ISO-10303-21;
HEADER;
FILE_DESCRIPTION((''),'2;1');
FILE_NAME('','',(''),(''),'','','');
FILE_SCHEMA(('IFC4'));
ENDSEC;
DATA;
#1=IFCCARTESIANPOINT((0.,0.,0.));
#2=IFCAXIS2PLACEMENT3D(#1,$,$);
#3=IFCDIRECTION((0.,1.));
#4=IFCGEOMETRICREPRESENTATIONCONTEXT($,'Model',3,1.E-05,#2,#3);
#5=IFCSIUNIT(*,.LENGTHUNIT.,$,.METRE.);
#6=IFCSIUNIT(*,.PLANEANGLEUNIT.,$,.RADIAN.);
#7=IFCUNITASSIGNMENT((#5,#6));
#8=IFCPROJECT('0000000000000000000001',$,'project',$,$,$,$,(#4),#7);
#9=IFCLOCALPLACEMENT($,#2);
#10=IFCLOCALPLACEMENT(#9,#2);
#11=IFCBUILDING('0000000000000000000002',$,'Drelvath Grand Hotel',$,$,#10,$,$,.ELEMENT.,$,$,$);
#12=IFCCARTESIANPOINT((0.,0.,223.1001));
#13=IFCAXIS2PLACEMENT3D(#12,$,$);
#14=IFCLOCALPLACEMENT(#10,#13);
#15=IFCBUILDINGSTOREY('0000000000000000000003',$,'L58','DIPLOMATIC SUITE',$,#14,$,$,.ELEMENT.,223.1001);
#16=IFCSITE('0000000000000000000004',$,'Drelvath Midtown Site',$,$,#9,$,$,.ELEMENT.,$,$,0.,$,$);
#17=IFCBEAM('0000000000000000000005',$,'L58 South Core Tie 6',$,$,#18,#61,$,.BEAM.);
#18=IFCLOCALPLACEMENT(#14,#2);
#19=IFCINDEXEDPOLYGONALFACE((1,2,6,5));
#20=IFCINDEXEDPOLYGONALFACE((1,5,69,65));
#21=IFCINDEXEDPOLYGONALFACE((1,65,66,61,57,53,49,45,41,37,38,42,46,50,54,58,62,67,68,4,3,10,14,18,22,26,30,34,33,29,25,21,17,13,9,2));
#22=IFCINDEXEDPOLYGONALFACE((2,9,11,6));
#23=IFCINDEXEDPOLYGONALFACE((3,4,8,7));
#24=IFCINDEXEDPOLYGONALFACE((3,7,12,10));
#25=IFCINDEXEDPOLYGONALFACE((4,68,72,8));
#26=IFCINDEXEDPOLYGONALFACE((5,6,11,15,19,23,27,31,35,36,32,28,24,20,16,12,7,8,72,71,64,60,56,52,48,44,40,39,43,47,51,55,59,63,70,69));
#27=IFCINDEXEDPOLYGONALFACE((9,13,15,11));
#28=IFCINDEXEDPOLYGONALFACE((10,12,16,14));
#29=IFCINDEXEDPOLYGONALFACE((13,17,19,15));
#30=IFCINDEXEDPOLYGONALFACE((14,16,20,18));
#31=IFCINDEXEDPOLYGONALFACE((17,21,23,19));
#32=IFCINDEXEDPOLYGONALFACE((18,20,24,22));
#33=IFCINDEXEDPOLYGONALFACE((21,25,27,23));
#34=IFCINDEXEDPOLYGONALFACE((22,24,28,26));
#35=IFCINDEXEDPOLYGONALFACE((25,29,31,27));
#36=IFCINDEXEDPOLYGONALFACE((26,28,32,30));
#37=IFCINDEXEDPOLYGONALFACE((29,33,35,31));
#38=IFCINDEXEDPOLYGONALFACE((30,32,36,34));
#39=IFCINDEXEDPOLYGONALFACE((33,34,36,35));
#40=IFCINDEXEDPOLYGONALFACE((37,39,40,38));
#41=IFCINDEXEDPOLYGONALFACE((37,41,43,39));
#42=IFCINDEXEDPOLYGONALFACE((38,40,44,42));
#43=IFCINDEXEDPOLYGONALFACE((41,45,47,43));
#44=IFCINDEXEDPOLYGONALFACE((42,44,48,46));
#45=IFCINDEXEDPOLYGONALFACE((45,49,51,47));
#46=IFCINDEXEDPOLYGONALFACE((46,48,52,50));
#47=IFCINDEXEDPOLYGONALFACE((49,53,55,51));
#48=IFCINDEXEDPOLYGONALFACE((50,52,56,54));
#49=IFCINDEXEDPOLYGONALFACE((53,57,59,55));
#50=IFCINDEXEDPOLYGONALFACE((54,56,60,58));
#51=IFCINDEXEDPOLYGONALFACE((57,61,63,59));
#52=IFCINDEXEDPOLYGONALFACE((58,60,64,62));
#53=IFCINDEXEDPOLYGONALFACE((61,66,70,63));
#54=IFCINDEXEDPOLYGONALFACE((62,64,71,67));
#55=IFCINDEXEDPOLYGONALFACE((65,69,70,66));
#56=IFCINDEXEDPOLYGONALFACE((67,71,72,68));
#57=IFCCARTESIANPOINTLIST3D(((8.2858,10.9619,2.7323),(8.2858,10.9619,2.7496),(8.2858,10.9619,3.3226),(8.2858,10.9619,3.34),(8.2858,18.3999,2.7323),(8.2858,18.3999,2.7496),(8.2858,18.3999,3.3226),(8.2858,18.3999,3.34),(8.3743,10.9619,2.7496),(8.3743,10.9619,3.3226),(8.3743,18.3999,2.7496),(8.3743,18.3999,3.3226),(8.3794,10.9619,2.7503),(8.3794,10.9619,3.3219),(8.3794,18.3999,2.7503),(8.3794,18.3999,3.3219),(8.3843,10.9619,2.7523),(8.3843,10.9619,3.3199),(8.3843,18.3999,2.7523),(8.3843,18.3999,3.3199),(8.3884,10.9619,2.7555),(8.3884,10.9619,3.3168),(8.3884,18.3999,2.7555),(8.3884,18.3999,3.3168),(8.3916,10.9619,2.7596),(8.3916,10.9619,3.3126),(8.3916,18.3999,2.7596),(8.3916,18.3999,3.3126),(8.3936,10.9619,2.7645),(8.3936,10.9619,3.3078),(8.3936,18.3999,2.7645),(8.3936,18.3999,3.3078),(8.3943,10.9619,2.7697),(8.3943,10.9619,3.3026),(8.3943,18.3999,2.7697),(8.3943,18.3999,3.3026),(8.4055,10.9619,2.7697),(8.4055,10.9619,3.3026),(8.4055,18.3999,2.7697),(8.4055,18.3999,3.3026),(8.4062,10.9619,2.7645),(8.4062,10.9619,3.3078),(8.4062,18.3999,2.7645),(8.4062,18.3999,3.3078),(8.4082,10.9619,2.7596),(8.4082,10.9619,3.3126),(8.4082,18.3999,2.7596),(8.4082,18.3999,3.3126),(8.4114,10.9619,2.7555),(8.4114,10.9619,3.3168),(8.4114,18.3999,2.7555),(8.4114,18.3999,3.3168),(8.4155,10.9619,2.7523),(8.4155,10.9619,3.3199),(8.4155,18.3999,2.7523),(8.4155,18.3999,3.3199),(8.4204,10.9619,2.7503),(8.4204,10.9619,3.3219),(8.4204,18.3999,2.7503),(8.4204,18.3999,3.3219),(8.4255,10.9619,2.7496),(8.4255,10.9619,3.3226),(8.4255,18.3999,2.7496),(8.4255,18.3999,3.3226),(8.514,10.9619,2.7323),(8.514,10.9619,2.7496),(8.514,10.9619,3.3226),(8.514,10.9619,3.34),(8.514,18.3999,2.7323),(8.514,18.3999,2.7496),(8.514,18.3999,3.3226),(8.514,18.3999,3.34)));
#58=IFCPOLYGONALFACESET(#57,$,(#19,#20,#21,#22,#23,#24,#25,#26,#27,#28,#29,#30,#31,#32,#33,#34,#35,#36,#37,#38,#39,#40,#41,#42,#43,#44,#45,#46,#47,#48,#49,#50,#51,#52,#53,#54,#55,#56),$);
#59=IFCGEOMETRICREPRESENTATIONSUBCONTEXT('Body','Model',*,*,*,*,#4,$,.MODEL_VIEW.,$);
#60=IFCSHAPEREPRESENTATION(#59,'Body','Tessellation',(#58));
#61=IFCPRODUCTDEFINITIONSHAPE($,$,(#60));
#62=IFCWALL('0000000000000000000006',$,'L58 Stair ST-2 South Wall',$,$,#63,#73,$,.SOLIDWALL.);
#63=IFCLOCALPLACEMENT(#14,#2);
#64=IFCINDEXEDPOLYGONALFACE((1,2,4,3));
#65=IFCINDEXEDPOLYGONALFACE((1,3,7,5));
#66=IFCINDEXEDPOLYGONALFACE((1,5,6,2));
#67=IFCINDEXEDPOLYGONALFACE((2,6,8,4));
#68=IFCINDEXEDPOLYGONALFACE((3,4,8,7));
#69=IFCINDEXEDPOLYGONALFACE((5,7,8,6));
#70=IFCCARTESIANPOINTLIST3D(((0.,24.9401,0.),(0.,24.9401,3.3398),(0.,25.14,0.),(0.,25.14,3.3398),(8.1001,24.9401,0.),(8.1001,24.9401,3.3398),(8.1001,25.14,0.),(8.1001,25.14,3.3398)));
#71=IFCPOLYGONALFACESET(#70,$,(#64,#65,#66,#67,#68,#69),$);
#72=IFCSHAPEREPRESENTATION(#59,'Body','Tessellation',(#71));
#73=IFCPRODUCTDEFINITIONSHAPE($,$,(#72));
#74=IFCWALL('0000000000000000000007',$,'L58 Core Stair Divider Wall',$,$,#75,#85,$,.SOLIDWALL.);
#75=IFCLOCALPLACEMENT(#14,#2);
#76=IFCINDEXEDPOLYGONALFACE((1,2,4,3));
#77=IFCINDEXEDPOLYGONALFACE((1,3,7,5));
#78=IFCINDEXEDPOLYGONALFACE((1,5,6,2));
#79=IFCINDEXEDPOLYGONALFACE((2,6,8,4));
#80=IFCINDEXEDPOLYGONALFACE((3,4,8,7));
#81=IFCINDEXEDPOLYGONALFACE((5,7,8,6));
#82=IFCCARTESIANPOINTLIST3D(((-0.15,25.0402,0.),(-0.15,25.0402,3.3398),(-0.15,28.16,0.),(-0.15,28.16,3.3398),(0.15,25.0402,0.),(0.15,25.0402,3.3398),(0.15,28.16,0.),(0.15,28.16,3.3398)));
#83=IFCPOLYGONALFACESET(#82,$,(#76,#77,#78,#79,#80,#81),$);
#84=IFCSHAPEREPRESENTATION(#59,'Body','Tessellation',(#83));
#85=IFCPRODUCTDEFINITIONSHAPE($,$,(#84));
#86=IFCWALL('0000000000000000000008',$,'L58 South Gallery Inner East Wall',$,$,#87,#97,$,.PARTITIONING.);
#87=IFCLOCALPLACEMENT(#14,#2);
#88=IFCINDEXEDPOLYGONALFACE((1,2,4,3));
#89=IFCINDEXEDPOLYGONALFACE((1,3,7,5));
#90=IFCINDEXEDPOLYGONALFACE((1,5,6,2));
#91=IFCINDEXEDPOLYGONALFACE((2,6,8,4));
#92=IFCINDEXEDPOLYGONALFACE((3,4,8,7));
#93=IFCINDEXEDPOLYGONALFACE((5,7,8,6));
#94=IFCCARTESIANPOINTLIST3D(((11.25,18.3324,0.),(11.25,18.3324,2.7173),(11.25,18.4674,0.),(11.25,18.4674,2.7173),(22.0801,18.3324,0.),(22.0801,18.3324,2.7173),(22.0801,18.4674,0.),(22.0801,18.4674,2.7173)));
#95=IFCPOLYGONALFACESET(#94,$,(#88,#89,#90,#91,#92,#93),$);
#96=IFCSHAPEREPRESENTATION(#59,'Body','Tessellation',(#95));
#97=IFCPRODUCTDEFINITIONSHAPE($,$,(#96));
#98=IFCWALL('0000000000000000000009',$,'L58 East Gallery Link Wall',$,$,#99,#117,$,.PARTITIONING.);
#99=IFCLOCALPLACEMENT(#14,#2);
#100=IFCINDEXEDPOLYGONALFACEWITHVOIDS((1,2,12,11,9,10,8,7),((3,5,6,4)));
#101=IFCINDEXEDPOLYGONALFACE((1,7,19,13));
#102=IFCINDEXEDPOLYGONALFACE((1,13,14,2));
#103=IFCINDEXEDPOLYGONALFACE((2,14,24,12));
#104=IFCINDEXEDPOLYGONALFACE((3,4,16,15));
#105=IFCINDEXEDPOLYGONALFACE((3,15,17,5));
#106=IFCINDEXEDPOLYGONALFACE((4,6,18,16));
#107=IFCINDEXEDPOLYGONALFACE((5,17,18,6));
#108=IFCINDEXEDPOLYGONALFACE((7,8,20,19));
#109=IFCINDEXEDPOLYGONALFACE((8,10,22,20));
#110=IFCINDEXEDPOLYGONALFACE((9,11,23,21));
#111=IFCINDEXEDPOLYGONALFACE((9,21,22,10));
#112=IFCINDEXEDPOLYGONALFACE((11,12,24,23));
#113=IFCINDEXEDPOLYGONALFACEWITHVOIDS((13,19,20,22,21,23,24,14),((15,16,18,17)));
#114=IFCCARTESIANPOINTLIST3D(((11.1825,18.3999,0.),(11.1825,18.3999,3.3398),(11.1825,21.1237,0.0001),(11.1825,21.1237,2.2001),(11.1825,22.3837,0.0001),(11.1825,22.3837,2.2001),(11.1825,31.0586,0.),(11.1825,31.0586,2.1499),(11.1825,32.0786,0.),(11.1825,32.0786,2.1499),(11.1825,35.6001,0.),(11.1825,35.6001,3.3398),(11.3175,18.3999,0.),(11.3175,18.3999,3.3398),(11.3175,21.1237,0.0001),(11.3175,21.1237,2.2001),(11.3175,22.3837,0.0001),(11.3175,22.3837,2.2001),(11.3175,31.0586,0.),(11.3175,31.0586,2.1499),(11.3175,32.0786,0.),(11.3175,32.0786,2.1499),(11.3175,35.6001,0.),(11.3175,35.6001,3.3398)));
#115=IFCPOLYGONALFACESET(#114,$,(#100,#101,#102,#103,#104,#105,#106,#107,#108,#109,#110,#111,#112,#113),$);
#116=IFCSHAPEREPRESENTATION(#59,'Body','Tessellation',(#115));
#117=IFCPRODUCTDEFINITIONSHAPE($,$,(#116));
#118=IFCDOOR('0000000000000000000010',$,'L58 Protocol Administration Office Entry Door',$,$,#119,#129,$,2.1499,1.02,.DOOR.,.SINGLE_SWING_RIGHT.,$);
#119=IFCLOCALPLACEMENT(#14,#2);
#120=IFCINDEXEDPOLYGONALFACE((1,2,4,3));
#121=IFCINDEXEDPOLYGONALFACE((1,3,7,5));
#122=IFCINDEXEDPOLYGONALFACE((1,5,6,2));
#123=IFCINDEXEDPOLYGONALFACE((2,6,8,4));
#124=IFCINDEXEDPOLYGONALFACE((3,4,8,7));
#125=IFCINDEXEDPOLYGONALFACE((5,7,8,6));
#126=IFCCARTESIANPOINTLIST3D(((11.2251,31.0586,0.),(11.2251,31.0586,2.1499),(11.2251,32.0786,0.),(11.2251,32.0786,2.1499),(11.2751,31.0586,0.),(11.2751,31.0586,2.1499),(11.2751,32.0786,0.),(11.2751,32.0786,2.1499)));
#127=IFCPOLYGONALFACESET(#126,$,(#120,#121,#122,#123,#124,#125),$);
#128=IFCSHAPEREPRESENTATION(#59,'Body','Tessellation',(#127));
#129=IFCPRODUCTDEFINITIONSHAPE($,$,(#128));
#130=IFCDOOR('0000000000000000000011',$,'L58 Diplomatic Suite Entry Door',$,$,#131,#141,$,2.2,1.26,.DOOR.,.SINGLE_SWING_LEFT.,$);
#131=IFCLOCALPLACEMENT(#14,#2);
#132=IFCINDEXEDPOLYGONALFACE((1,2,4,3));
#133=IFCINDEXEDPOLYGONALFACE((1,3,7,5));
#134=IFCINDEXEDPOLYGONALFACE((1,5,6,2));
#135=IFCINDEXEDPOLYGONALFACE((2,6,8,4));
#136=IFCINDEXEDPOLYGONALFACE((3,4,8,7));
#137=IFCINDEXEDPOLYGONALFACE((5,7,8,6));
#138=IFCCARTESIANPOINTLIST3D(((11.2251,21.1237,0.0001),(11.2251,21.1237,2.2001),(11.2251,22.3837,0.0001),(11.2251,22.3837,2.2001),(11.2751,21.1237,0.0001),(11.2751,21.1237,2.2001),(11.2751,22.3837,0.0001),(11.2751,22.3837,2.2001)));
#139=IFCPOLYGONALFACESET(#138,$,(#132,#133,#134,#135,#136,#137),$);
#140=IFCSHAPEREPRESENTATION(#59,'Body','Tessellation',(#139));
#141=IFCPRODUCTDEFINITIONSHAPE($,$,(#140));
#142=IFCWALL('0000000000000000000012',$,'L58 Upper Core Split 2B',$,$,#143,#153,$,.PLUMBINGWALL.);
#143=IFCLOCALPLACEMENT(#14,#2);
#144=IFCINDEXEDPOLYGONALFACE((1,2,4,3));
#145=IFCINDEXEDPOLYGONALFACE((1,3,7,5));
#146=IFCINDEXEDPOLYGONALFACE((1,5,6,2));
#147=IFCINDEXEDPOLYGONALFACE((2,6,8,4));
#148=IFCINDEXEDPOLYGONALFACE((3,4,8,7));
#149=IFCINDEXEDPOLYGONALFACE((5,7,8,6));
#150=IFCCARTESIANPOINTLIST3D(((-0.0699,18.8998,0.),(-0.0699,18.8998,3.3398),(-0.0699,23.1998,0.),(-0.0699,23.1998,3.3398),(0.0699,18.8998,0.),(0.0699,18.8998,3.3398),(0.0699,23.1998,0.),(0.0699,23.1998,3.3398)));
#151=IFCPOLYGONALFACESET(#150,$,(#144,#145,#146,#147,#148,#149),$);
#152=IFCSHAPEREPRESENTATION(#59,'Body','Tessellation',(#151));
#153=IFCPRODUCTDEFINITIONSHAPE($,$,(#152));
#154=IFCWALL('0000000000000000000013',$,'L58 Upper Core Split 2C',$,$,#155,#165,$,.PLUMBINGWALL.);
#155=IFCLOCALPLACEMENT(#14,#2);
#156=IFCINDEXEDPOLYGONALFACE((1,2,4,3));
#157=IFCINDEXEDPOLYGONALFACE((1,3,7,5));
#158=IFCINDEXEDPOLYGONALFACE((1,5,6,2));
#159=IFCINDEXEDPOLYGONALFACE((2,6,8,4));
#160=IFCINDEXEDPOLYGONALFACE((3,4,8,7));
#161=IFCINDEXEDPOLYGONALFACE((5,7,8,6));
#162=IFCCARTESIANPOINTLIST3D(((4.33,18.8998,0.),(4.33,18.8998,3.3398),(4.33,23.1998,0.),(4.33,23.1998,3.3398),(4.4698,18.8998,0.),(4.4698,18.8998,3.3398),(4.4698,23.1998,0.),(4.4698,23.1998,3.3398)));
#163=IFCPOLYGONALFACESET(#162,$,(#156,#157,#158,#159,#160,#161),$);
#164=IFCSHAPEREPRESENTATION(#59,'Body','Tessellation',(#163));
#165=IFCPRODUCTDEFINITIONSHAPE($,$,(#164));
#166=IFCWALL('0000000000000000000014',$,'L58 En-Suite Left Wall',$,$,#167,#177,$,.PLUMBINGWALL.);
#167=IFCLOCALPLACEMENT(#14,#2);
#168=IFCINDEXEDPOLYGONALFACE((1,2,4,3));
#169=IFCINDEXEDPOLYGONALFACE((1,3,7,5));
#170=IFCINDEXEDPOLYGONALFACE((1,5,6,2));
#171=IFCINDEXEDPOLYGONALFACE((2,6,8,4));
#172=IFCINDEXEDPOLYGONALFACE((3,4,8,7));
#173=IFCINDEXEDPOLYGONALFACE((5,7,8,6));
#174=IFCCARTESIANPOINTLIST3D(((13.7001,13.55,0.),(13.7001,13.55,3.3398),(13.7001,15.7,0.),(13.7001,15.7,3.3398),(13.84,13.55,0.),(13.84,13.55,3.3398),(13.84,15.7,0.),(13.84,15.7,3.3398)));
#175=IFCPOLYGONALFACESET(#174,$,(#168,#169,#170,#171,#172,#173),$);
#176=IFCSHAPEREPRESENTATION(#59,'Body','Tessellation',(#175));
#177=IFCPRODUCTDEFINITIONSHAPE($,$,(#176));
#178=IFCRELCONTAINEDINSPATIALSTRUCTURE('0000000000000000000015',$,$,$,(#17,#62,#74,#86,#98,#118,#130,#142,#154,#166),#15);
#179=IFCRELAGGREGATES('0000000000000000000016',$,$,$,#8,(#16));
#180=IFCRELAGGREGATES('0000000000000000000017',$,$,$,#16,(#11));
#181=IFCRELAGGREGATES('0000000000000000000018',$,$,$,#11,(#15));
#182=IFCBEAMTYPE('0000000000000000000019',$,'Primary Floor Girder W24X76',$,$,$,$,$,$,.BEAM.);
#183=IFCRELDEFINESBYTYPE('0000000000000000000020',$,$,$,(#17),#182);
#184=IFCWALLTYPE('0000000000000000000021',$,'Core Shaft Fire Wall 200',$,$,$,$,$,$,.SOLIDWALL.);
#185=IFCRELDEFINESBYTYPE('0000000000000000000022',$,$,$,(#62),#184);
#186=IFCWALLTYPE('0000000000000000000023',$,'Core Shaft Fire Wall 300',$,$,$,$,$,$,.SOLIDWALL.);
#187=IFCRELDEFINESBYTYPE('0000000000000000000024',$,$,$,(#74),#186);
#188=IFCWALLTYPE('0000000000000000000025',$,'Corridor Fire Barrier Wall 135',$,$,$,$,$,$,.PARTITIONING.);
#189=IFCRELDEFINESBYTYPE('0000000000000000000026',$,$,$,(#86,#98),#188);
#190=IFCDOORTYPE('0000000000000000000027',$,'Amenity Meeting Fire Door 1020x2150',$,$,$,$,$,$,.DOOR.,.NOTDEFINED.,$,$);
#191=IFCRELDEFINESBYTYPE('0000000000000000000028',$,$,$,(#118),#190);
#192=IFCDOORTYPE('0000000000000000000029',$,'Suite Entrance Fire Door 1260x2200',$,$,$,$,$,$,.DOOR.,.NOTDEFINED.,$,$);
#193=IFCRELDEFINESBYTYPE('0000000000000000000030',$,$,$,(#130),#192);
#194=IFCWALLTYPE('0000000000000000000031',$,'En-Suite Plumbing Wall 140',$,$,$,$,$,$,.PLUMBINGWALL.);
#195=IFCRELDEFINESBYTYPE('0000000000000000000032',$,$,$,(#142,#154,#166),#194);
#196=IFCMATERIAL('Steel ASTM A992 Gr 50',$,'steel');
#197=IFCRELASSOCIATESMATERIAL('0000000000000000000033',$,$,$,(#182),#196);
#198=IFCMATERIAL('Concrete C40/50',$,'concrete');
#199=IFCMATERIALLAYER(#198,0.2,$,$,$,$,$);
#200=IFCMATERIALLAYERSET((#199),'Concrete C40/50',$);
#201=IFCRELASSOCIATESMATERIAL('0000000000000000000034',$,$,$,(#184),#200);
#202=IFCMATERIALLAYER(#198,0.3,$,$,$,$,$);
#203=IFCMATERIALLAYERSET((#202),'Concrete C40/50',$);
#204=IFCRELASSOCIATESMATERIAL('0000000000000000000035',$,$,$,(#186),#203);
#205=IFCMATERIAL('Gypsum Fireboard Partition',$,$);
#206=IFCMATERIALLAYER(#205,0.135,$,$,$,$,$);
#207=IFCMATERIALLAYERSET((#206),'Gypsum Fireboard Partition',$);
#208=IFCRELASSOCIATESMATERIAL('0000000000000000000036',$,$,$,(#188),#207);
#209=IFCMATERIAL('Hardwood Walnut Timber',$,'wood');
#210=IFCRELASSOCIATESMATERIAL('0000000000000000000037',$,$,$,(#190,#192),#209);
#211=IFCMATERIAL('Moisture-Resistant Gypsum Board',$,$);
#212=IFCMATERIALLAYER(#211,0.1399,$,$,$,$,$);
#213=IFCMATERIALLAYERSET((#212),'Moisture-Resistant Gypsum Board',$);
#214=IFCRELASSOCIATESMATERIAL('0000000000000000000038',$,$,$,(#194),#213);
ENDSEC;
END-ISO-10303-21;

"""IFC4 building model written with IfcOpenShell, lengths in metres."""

from ifc_helpers import new_model, si_unit, direction, frame, frame_2d, origin, origin_2d, place, context, subcontext, project, spatial, rectangle, i_section, extrude, material, layer, layer_set, material_profile, profile_set, type_object, element, fill, save


model = new_model("IFC4")

# Units and contexts
model_context = context("Model", 3, precision=1e-05, world=origin(), true_north=direction((0.0, 1.0)))
body_context = subcontext(model_context, "Body", "Model", "MODEL_VIEW")
ifc_project = project(units=[si_unit("LENGTHUNIT", "METRE"), si_unit("PLANEANGLEUNIT", "RADIAN")], contexts=[model_context])

# Site, building, storey
site_placement = place(None, origin())
site = spatial("IfcSite", under=ifc_project, at=site_placement, Name="Drelvath Midtown Site", CompositionType="ELEMENT", RefElevation=0.0)
building_placement = place(site_placement, origin())
building = spatial("IfcBuilding", under=site, at=building_placement, Name="Drelvath Grand Hotel", CompositionType="ELEMENT")
storey_placement = place(building_placement, frame((0.0, 0.0, 223.1001)))
storey = spatial("IfcBuildingStorey", under=building, at=storey_placement, Name="L58", Description="DIPLOMATIC SUITE", CompositionType="ELEMENT", Elevation=223.1001)

# Beam
ifc_material_1 = material(Name="Steel ASTM A992 Gr 50", Category="steel")
ifc_material_profile_1 = material_profile(ifc_material_1, i_section(OverallWidth=0.2283, OverallDepth=0.6077, WebThickness=0.0112, FlangeThickness=0.0173, FilletRadius=0.02, at=origin_2d()), Name="W24X76")
ifc_profile_set_1 = profile_set([ifc_material_profile_1], Name="Steel ASTM A992 Gr 50")
beam_type_1 = type_object("IfcBeamType", Name="Primary Floor Girder W24X76", PredefinedType="BEAM", material=ifc_profile_set_1)
for number, where, z_axis, x_axis, name in (
    (1, (8.3999, 10.9619, 3.0361), (0.0, 1.0, 0.0), (-1.0, 0.0, 0.0), "L58 South Core Tie 6"),
):
    element("IfcBeam", number, at=place(storey_placement, frame(where, z_axis=z_axis, x_axis=x_axis)), inside=storey, type_object=beam_type_1, Name=name, PredefinedType="BEAM", context=body_context, shape_type="SweptSolid", body=[
        extrude(i_section(OverallWidth=0.2283, OverallDepth=0.6077, WebThickness=0.0112, FlangeThickness=0.0173, FilletRadius=0.02, at=origin_2d()), origin(), (0.0, 0.0, 1.0), 7.438),
    ])

# Walls
ifc_material_2 = material(Name="Concrete C40/50", Category="concrete")
ifc_layer_1 = layer(ifc_material_2, 0.2)
ifc_layer_set_1 = layer_set([ifc_layer_1], Name="Concrete C40/50")
wall_type_1 = type_object("IfcWallType", Name="Core Shaft Fire Wall 200", PredefinedType="SOLIDWALL", material=ifc_layer_set_1)
wall_1_placement = place(storey_placement, frame((0.0, 25.04, 0.0), z_axis=(0.0, 0.0, 1.0), x_axis=(1.0, 0.0, 0.0)))
element("IfcWall", 2, at=wall_1_placement, inside=storey, type_object=wall_type_1, Name="L58 Stair ST-2 South Wall", PredefinedType="SOLIDWALL", context=body_context, shape_type="SweptSolid", body=[
    extrude(rectangle(XDim=8.1001, YDim=0.2, at=frame_2d((4.05, 0.0))), origin(), (0.0, 0.0, 1.0), 3.3398),
])
ifc_layer_2 = layer(ifc_material_2, 0.3)
ifc_layer_set_2 = layer_set([ifc_layer_2], Name="Concrete C40/50")
wall_type_2 = type_object("IfcWallType", Name="Core Shaft Fire Wall 300", PredefinedType="SOLIDWALL", material=ifc_layer_set_2)
wall_2_placement = place(storey_placement, frame((0.0, 25.04, 0.0), z_axis=(0.0, 0.0, 1.0), x_axis=(0.0, 1.0, 0.0)))
element("IfcWall", 3, at=wall_2_placement, inside=storey, type_object=wall_type_2, Name="L58 Core Stair Divider Wall", PredefinedType="SOLIDWALL", context=body_context, shape_type="SweptSolid", body=[
    extrude(rectangle(XDim=3.1199, YDim=0.3, at=frame_2d((1.5601, 0.0))), origin(), (0.0, 0.0, 1.0), 3.3398),
])
ifc_material_3 = material(Name="Gypsum Fireboard Partition")
ifc_layer_3 = layer(ifc_material_3, 0.135)
ifc_layer_set_3 = layer_set([ifc_layer_3], Name="Gypsum Fireboard Partition")
wall_type_3 = type_object("IfcWallType", Name="Corridor Fire Barrier Wall 135", PredefinedType="PARTITIONING", material=ifc_layer_set_3)
wall_3_placement = place(storey_placement, frame((11.25, 18.3999, 0.0), z_axis=(0.0, 0.0, 1.0), x_axis=(1.0, 0.0, 0.0)))
element("IfcWall", 4, at=wall_3_placement, inside=storey, type_object=wall_type_3, Name="L58 South Gallery Inner East Wall", PredefinedType="PARTITIONING", context=body_context, shape_type="SweptSolid", body=[
    extrude(rectangle(XDim=10.8301, YDim=0.135, at=frame_2d((5.415, 0.0))), origin(), (0.0, 0.0, 1.0), 2.7173),
])

# Wall, openings, doors
wall_4_placement = place(storey_placement, frame((11.25, 18.3999, 0.0), z_axis=(0.0, 0.0, 1.0), x_axis=(0.0, 1.0, 0.0)))
wall_4 = element("IfcWall", 5, at=wall_4_placement, inside=storey, type_object=wall_type_3, Name="L58 East Gallery Link Wall", PredefinedType="PARTITIONING", context=body_context, shape_type="SweptSolid", body=[
    extrude(rectangle(XDim=17.2002, YDim=0.135, at=frame_2d((8.6001, 0.0))), origin(), (0.0, 0.0, 1.0), 3.3398),
])
opening_1_placement = place(wall_4_placement, frame((2.7239, 0.0, 0.0)))
opening_1 = element("IfcOpeningElement", 6, at=opening_1_placement, cuts=wall_4, PredefinedType="OPENING", context=body_context, shape_type="SweptSolid", body=[
    extrude(rectangle(XDim=1.26, YDim=2.2, at=frame_2d((0.6299, 1.1001))), frame((0.0, 0.0774, 0.0), z_axis=(0.0, -1.0, 0.0), x_axis=(1.0, 0.0, 0.0)), (0.0, 0.0, 1.0), 0.155),
])
opening_2_placement = place(wall_4_placement, frame((12.6587, 0.0, 0.0)))
opening_2 = element("IfcOpeningElement", 7, at=opening_2_placement, cuts=wall_4, PredefinedType="OPENING", context=body_context, shape_type="SweptSolid", body=[
    extrude(rectangle(XDim=1.02, YDim=2.1499, at=frame_2d((0.51, 1.075))), frame((0.0, 0.0774, 0.0), z_axis=(0.0, -1.0, 0.0), x_axis=(1.0, 0.0, 0.0)), (0.0, 0.0, 1.0), 0.155),
])
ifc_material_4 = material(Name="Hardwood Walnut Timber", Category="wood")
door_type_1 = type_object("IfcDoorType", Name="Amenity Meeting Fire Door 1020x2150", OperationType="NOTDEFINED", PredefinedType="DOOR", material=ifc_material_4)
door_1_placement = place(opening_2_placement, origin())
door_1 = element("IfcDoor", 8, at=door_1_placement, inside=storey, type_object=door_type_1, Name="L58 Protocol Administration Office Entry Door", OperationType="SINGLE_SWING_RIGHT", OverallHeight=2.1499, OverallWidth=1.02, PredefinedType="DOOR", context=body_context, shape_type="SweptSolid", body=[
    extrude(rectangle(XDim=1.02, YDim=2.1499, at=frame_2d((0.51, 1.075))), frame((0.0, 0.0249, 0.0), z_axis=(0.0, -1.0, 0.0), x_axis=(1.0, 0.0, 0.0)), (0.0, 0.0, 1.0), 0.05),
])
fill(opening_2, door_1)
door_type_2 = type_object("IfcDoorType", Name="Suite Entrance Fire Door 1260x2200", OperationType="NOTDEFINED", PredefinedType="DOOR", material=ifc_material_4)
door_2_placement = place(opening_1_placement, origin())
door_2 = element("IfcDoor", 9, at=door_2_placement, inside=storey, type_object=door_type_2, Name="L58 Diplomatic Suite Entry Door", OperationType="SINGLE_SWING_LEFT", OverallHeight=2.2, OverallWidth=1.26, PredefinedType="DOOR", context=body_context, shape_type="SweptSolid", body=[
    extrude(rectangle(XDim=1.26, YDim=2.2, at=frame_2d((0.6299, 1.1001))), frame((0.0, 0.0249, 0.0), z_axis=(0.0, -1.0, 0.0), x_axis=(1.0, 0.0, 0.0)), (0.0, 0.0, 1.0), 0.05),
])
fill(opening_1, door_2)

# Walls
ifc_material_5 = material(Name="Moisture-Resistant Gypsum Board")
ifc_layer_4 = layer(ifc_material_5, 0.1399)
ifc_layer_set_4 = layer_set([ifc_layer_4], Name="Moisture-Resistant Gypsum Board")
wall_type_4 = type_object("IfcWallType", Name="En-Suite Plumbing Wall 140", PredefinedType="PLUMBINGWALL", material=ifc_layer_set_4)
for number, where, z_axis, x_axis, name in (
    (10, (0.0, 18.8999, 0.0), (0.0, 0.0, 1.0), (0.0, 1.0, 0.0), "L58 Upper Core Split 2B"),
    (11, (4.3999, 18.8999, 0.0), (0.0, 0.0, 1.0), (0.0, 1.0, 0.0), "L58 Upper Core Split 2C"),
):
    element("IfcWall", number, at=place(storey_placement, frame(where, z_axis=z_axis, x_axis=x_axis)), inside=storey, type_object=wall_type_4, Name=name, PredefinedType="PLUMBINGWALL", context=body_context, shape_type="SweptSolid", body=[
        extrude(rectangle(XDim=4.3, YDim=0.1399, at=frame_2d((2.1499, 0.0))), origin(), (0.0, 0.0, 1.0), 3.3398),
    ])
wall_5_placement = place(storey_placement, frame((13.77, 15.7, 0.0), z_axis=(0.0, 0.0, 1.0), x_axis=(0.0, -1.0, 0.0)))
element("IfcWall", 12, at=wall_5_placement, inside=storey, type_object=wall_type_4, Name="L58 En-Suite Left Wall", PredefinedType="PLUMBINGWALL", context=body_context, shape_type="SweptSolid", body=[
    extrude(rectangle(XDim=2.1499, YDim=0.1399, at=frame_2d((1.075, 0.0))), origin(), (0.0, 0.0, 1.0), 3.3398),
])

save(model, "model.ifc")
